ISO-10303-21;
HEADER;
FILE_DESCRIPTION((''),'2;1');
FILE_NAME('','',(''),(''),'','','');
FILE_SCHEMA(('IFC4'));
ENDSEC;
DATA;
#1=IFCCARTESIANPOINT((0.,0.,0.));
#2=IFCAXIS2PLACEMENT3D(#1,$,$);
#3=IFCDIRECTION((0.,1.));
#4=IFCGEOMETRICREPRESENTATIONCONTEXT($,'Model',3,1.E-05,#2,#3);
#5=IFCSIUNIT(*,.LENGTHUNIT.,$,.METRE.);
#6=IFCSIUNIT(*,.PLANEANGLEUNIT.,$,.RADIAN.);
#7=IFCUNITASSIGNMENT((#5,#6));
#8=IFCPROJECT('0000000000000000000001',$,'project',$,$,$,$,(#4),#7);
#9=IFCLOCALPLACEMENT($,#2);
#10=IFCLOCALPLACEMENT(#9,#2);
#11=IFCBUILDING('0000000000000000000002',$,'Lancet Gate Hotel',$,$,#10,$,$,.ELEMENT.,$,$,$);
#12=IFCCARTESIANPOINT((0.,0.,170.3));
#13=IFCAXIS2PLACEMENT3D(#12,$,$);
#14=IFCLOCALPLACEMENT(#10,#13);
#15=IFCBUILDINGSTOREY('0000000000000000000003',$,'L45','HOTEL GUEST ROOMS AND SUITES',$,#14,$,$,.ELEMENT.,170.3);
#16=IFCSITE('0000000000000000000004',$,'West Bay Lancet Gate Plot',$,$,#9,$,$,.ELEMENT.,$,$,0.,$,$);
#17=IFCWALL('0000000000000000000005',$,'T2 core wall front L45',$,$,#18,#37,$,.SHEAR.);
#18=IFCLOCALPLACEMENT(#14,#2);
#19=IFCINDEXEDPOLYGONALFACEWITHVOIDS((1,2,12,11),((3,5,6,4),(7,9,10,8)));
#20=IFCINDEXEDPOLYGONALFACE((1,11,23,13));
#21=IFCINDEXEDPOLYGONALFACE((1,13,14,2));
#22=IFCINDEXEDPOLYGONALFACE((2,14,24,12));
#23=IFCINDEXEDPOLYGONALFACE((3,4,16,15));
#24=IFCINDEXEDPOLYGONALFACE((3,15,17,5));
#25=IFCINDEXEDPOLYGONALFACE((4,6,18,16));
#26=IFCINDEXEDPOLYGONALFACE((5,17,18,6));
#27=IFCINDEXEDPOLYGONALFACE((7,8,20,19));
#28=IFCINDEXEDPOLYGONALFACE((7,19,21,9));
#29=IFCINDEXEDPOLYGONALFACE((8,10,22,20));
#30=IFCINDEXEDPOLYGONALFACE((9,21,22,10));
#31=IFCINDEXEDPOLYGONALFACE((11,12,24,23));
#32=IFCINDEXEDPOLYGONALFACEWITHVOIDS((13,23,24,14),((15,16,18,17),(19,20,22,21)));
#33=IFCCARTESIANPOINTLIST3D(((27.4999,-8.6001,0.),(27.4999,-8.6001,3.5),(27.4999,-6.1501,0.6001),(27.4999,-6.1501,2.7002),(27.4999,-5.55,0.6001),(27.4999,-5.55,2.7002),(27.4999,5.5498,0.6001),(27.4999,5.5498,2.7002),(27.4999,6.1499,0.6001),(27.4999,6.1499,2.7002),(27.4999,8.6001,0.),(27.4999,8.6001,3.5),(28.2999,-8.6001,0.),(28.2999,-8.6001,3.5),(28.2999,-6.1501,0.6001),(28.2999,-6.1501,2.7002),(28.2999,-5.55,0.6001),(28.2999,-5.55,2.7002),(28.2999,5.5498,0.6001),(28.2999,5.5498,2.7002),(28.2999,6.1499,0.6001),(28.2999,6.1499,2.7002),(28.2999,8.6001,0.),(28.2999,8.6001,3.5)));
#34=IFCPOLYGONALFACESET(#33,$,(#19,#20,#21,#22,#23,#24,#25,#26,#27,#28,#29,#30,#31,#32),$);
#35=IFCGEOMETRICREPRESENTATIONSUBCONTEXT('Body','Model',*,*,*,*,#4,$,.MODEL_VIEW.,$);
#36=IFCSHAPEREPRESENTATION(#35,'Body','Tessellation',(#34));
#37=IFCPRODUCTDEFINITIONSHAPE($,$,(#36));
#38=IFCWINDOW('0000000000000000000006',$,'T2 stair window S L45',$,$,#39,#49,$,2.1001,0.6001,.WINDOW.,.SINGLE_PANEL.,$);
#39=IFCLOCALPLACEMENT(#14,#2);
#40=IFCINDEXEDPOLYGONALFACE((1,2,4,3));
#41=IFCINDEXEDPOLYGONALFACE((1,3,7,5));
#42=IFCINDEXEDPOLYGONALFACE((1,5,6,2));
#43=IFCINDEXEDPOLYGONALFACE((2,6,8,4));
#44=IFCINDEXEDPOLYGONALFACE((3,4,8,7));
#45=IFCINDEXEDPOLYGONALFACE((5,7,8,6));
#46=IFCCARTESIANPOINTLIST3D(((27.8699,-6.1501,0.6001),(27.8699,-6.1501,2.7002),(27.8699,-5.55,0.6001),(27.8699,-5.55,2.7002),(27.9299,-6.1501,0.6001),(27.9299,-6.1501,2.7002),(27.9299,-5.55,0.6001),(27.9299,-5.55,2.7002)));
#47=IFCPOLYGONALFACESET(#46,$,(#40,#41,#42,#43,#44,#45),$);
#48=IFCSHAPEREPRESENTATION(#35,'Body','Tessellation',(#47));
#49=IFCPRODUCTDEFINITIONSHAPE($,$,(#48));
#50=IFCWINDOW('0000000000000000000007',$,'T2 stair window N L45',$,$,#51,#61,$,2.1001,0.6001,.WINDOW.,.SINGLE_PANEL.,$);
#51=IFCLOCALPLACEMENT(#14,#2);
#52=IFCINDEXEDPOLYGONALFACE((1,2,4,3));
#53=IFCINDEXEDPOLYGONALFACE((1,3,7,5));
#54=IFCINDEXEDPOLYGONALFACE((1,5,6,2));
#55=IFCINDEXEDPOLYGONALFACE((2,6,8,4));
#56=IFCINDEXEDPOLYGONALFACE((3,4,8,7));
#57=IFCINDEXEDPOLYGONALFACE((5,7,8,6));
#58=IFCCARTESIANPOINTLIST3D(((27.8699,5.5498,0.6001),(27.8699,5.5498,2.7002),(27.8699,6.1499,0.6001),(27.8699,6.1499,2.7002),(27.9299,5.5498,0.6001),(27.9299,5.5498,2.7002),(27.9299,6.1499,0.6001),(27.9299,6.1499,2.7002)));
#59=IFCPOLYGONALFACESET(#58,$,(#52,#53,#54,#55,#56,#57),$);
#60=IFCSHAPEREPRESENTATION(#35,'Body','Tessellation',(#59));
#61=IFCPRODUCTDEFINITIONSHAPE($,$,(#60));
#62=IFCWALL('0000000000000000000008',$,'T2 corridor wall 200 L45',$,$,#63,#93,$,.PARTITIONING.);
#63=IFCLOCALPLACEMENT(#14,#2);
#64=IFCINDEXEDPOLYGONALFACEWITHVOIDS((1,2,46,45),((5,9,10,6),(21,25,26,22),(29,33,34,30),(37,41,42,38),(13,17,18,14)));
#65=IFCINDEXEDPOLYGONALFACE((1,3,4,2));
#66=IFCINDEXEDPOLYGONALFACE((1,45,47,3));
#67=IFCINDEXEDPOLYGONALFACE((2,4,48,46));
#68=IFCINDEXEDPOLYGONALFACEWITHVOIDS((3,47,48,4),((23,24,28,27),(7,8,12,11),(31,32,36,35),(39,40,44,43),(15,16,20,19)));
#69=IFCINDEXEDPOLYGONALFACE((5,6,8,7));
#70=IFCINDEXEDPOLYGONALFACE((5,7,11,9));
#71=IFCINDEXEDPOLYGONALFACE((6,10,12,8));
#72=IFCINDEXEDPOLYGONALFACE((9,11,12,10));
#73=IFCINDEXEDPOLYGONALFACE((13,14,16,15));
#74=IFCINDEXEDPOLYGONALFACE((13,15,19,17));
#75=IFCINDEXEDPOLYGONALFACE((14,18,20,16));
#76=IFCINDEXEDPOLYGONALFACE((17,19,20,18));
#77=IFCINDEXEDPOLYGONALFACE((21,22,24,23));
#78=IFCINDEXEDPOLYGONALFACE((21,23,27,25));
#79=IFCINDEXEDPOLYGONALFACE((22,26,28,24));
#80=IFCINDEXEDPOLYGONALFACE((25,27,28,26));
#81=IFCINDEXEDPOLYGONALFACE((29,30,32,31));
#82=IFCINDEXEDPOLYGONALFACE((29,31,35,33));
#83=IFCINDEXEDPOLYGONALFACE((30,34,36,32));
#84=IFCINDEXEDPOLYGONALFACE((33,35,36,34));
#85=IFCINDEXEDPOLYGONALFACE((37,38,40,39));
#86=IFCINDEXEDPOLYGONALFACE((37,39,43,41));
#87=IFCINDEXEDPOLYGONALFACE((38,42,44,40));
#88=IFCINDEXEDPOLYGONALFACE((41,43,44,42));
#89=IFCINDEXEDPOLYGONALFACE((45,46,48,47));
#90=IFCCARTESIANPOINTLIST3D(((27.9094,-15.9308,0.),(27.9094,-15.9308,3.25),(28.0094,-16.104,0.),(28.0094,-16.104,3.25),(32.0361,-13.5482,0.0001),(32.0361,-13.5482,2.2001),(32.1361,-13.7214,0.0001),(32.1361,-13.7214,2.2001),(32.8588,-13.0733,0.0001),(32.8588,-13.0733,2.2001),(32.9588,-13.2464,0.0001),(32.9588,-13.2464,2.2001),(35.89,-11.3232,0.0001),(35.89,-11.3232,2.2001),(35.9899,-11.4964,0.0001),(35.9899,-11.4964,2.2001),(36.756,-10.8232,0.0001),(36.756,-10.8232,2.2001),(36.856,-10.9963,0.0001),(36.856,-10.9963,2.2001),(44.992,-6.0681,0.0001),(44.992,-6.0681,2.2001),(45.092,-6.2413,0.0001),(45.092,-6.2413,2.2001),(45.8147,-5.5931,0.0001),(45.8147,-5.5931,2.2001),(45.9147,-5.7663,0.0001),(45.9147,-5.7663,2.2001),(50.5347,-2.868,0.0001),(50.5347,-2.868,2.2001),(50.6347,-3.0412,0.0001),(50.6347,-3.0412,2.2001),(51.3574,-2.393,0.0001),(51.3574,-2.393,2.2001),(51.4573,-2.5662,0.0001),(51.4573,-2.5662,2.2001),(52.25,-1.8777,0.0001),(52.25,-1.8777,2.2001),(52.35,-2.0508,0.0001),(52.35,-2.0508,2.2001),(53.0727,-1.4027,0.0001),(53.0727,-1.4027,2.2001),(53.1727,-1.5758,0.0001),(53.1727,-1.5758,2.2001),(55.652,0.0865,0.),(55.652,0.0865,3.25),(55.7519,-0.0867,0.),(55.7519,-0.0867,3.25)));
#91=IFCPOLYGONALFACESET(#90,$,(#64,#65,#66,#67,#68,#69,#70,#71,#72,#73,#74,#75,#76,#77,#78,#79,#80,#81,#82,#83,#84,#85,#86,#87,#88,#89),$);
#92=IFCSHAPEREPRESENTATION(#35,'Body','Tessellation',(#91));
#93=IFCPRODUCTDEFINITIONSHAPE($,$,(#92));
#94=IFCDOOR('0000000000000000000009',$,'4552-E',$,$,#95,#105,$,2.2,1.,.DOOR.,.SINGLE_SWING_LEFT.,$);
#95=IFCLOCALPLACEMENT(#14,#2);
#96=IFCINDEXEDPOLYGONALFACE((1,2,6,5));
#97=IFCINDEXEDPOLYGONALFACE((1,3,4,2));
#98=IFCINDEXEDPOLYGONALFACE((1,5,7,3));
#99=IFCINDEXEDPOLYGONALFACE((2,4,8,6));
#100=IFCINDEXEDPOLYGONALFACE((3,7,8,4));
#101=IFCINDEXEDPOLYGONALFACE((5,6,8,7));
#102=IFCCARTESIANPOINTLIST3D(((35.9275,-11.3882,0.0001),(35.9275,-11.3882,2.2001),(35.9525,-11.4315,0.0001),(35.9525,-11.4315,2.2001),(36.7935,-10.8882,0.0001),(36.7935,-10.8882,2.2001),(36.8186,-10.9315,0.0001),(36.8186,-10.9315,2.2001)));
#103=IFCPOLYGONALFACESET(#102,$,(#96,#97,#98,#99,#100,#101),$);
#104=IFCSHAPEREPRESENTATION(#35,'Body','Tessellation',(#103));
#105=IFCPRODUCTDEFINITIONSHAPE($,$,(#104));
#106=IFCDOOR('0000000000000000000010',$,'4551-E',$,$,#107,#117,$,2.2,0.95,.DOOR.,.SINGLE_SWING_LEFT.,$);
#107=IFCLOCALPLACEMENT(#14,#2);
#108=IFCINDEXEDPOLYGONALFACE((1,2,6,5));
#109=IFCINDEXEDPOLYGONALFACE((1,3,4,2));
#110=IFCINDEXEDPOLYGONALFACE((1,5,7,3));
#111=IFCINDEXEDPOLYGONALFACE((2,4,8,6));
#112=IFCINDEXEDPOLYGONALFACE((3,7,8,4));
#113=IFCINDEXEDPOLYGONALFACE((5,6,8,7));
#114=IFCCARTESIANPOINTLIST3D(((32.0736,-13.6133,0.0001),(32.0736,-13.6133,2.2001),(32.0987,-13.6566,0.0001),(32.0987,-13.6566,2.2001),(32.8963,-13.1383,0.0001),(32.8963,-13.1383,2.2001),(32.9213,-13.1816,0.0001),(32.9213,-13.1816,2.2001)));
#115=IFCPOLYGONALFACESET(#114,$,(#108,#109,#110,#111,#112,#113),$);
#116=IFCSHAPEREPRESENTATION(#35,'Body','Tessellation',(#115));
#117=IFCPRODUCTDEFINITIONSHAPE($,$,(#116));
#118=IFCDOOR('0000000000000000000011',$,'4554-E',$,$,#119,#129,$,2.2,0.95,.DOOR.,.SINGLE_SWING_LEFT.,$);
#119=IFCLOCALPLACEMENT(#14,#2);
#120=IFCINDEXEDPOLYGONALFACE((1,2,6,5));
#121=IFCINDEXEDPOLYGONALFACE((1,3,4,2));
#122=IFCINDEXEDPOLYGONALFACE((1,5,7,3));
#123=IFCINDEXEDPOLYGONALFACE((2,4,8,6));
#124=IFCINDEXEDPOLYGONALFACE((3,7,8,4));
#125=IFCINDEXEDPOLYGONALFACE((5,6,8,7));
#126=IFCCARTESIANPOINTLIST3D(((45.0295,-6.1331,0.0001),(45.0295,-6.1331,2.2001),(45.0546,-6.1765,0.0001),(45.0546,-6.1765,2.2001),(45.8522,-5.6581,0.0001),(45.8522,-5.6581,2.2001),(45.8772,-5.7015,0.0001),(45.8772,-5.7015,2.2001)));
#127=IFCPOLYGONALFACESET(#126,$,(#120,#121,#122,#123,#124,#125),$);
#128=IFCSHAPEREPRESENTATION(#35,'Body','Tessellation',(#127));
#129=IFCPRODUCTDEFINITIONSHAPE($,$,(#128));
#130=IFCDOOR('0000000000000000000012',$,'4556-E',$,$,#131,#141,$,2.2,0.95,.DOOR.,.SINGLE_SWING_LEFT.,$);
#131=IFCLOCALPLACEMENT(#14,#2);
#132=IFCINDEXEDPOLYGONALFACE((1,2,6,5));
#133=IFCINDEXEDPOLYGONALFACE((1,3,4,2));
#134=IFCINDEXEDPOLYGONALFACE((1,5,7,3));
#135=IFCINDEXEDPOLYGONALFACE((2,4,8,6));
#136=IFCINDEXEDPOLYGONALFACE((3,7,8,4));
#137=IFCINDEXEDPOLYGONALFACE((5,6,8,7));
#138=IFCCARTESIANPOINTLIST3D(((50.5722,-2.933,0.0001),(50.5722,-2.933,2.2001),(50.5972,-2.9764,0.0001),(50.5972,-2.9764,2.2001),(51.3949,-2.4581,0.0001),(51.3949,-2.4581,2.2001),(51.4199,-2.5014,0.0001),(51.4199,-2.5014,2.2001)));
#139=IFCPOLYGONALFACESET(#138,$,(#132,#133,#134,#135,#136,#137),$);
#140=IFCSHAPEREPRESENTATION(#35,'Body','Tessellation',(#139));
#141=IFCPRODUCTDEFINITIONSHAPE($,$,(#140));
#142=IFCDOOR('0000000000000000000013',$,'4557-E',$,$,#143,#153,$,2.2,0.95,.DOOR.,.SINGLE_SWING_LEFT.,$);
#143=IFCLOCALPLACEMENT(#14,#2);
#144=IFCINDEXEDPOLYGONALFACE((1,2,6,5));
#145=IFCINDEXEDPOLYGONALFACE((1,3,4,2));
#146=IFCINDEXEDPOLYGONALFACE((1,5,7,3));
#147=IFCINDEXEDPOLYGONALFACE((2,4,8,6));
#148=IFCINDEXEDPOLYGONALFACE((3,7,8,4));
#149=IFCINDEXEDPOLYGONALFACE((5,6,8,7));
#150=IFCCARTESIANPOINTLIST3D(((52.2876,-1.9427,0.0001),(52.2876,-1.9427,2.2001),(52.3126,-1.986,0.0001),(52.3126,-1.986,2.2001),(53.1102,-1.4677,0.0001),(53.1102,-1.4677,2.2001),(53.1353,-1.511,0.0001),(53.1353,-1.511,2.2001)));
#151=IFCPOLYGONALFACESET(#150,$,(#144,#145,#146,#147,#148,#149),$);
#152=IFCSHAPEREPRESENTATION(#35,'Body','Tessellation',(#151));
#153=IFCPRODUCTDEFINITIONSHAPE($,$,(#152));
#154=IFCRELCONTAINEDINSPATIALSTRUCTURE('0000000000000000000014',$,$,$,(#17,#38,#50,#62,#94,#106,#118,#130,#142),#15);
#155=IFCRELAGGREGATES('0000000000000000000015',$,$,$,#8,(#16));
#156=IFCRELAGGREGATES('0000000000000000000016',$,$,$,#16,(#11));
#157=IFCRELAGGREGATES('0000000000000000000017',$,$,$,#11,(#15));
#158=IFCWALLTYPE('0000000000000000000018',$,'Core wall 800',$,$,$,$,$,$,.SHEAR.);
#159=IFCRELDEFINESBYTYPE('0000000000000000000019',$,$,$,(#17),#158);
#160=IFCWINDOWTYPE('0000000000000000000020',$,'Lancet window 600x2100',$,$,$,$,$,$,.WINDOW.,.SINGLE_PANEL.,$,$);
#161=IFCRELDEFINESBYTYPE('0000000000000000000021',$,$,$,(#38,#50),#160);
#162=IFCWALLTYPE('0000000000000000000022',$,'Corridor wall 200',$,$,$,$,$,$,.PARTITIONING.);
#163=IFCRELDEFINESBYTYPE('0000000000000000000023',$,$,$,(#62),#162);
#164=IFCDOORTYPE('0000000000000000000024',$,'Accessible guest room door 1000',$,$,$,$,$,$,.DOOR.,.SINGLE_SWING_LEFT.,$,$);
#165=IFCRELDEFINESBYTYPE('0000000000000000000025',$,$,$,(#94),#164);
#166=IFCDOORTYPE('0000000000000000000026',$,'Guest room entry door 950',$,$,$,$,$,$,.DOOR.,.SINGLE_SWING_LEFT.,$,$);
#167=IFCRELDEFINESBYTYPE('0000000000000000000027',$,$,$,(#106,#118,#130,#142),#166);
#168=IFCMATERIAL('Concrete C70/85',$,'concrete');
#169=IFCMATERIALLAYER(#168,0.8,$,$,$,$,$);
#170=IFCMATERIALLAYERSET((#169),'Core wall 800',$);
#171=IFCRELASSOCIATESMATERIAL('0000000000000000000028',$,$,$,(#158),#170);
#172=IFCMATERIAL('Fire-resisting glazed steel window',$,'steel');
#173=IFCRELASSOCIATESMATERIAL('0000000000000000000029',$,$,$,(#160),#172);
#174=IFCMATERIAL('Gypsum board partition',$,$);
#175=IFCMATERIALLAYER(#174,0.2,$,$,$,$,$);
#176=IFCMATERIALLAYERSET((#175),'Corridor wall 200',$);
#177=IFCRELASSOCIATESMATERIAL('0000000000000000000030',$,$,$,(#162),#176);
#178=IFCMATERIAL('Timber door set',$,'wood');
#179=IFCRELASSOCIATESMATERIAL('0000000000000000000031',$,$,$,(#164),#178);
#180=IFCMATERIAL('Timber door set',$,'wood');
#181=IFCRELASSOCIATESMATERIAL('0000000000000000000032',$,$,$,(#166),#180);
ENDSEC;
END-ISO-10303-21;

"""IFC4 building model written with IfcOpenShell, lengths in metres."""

from ifc_helpers import new_model, si_unit, direction, frame, frame_2d, origin, place, context, subcontext, project, spatial, rectangle, extrude, material, layer, layer_set, type_object, element, fill, save


model = new_model("IFC4")

# Units and contexts
model_context = context("Model", 3, precision=1e-05, world=origin(), true_north=direction((0.0, 1.0)))
body_context = subcontext(model_context, "Body", "Model", "MODEL_VIEW")
ifc_project = project(units=[si_unit("LENGTHUNIT", "METRE"), si_unit("PLANEANGLEUNIT", "RADIAN")], contexts=[model_context])

# Site, building, storey
site_placement = place(None, origin())
site = spatial("IfcSite", under=ifc_project, at=site_placement, Name="West Bay Lancet Gate Plot", CompositionType="ELEMENT", RefElevation=0.0)
building_placement = place(site_placement, origin())
building = spatial("IfcBuilding", under=site, at=building_placement, Name="Lancet Gate Hotel", CompositionType="ELEMENT")
storey_placement = place(building_placement, frame((0.0, 0.0, 170.3)))
storey = spatial("IfcBuildingStorey", under=building, at=storey_placement, Name="L45", Description="HOTEL GUEST ROOMS AND SUITES", CompositionType="ELEMENT", Elevation=170.3)

# Wall, openings, windows
ifc_material_1 = material(Name="Concrete C70/85", Category="concrete")
ifc_layer_1 = layer(ifc_material_1, 0.8)
ifc_layer_set_1 = layer_set([ifc_layer_1], Name="Core wall 800")
wall_type_1 = type_object("IfcWallType", Name="Core wall 800", PredefinedType="SHEAR", material=ifc_layer_set_1)
wall_1_placement = place(storey_placement, frame((27.8999, -8.6001, 0.0), z_axis=(0.0, 0.0, 1.0), x_axis=(0.0, 1.0, 0.0)))
wall_1 = element("IfcWall", 1, at=wall_1_placement, inside=storey, type_object=wall_type_1, Name="T2 core wall front L45", PredefinedType="SHEAR", context=body_context, shape_type="SweptSolid", body=[
    extrude(rectangle(XDim=17.2002, YDim=0.8, at=frame_2d((8.6001, 0.0))), origin(), (0.0, 0.0, 1.0), 3.5),
])
opening_1_placement = place(wall_1_placement, frame((2.45, 0.0, 0.6001)))
opening_1 = element("IfcOpeningElement", 2, at=opening_1_placement, cuts=wall_1, PredefinedType="OPENING", context=body_context, shape_type="SweptSolid", body=[
    extrude(rectangle(XDim=0.6001, YDim=2.1001, at=frame_2d((0.3, 1.05))), frame((0.0, 0.4099, 0.0), z_axis=(0.0, -1.0, 0.0), x_axis=(1.0, 0.0, 0.0)), (0.0, 0.0, 1.0), 0.8201),
])
opening_2_placement = place(wall_1_placement, frame((14.1499, 0.0, 0.6001)))
opening_2 = element("IfcOpeningElement", 3, at=opening_2_placement, cuts=wall_1, PredefinedType="OPENING", context=body_context, shape_type="SweptSolid", body=[
    extrude(rectangle(XDim=0.6001, YDim=2.1001, at=frame_2d((0.3, 1.05))), frame((0.0, 0.4099, 0.0), z_axis=(0.0, -1.0, 0.0), x_axis=(1.0, 0.0, 0.0)), (0.0, 0.0, 1.0), 0.8201),
])
ifc_material_2 = material(Name="Fire-resisting glazed steel window", Category="steel")
window_type = type_object("IfcWindowType", Name="Lancet window 600x2100", PartitioningType="SINGLE_PANEL", PredefinedType="WINDOW", material=ifc_material_2)
window_1_placement = place(opening_1_placement, origin())
window_1 = element("IfcWindow", 4, at=window_1_placement, inside=storey, type_object=window_type, Name="T2 stair window S L45", OverallHeight=2.1001, OverallWidth=0.6001, PartitioningType="SINGLE_PANEL", PredefinedType="WINDOW", context=body_context, shape_type="SweptSolid", body=[
    extrude(rectangle(XDim=0.6001, YDim=2.1001, at=frame_2d((0.3, 1.05))), frame((0.0, 0.03, 0.0), z_axis=(0.0, -1.0, 0.0), x_axis=(1.0, 0.0, 0.0)), (0.0, 0.0, 1.0), 0.0601),
])
fill(opening_1, window_1)
window_2_placement = place(opening_2_placement, origin())
window_2 = element("IfcWindow", 5, at=window_2_placement, inside=storey, type_object=window_type, Name="T2 stair window N L45", OverallHeight=2.1001, OverallWidth=0.6001, PartitioningType="SINGLE_PANEL", PredefinedType="WINDOW", context=body_context, shape_type="SweptSolid", body=[
    extrude(rectangle(XDim=0.6001, YDim=2.1001, at=frame_2d((0.3, 1.05))), frame((0.0, 0.03, 0.0), z_axis=(0.0, -1.0, 0.0), x_axis=(1.0, 0.0, 0.0)), (0.0, 0.0, 1.0), 0.0601),
])
fill(opening_2, window_2)

# Wall, openings, doors
ifc_material_3 = material(Name="Gypsum board partition")
ifc_layer_2 = layer(ifc_material_3, 0.2)
ifc_layer_set_2 = layer_set([ifc_layer_2], Name="Corridor wall 200")
wall_type_2 = type_object("IfcWallType", Name="Corridor wall 200", PredefinedType="PARTITIONING", material=ifc_layer_set_2)
wall_2_placement = place(storey_placement, frame((27.9595, -16.0173, 0.0), z_axis=(0.0, 0.0, 1.0), x_axis=(0.866024, 0.500002, 0.0)))
wall_2 = element("IfcWall", 6, at=wall_2_placement, inside=storey, type_object=wall_type_2, Name="T2 corridor wall 200 L45", PredefinedType="PARTITIONING", context=body_context, shape_type="SweptSolid", body=[
    extrude(rectangle(XDim=32.0344, YDim=0.2, at=frame_2d((16.0171, 0.0))), origin(), (0.0, 0.0, 1.0), 3.25),
])
opening_3_placement = place(wall_2_placement, frame((4.7649, 0.0, 0.0)))
opening_3 = element("IfcOpeningElement", 7, at=opening_3_placement, cuts=wall_2, PredefinedType="OPENING", context=body_context, shape_type="SweptSolid", body=[
    extrude(rectangle(XDim=0.95, YDim=2.2, at=frame_2d((0.4751, 1.1001))), frame((0.0, 0.1099, 0.0), z_axis=(0.0, -1.0, 0.0), x_axis=(1.0, 0.0, 0.0)), (0.0, 0.0, 1.0), 0.22),
])
opening_4_placement = place(wall_2_placement, frame((9.2151, 0.0, 0.0)))
opening_4 = element("IfcOpeningElement", 8, at=opening_4_placement, cuts=wall_2, PredefinedType="OPENING", context=body_context, shape_type="SweptSolid", body=[
    extrude(rectangle(XDim=1.0, YDim=2.2, at=frame_2d((0.5, 1.1001))), frame((0.0, 0.1099, 0.0), z_axis=(0.0, -1.0, 0.0), x_axis=(1.0, 0.0, 0.0)), (0.0, 0.0, 1.0), 0.22),
])
opening_5_placement = place(wall_2_placement, frame((19.7251, 0.0, 0.0)))
opening_5 = element("IfcOpeningElement", 9, at=opening_5_placement, cuts=wall_2, PredefinedType="OPENING", context=body_context, shape_type="SweptSolid", body=[
    extrude(rectangle(XDim=0.95, YDim=2.2, at=frame_2d((0.4751, 1.1001))), frame((0.0, 0.1099, 0.0), z_axis=(0.0, -1.0, 0.0), x_axis=(1.0, 0.0, 0.0)), (0.0, 0.0, 1.0), 0.22),
])
opening_6_placement = place(wall_2_placement, frame((26.1252, 0.0, 0.0)))
opening_6 = element("IfcOpeningElement", 10, at=opening_6_placement, cuts=wall_2, PredefinedType="OPENING", context=body_context, shape_type="SweptSolid", body=[
    extrude(rectangle(XDim=0.95, YDim=2.2, at=frame_2d((0.4751, 1.1001))), frame((0.0, 0.1099, 0.0), z_axis=(0.0, -1.0, 0.0), x_axis=(1.0, 0.0, 0.0)), (0.0, 0.0, 1.0), 0.22),
])
opening_7_placement = place(wall_2_placement, frame((28.106, 0.0, 0.0)))
opening_7 = element("IfcOpeningElement", 11, at=opening_7_placement, cuts=wall_2, PredefinedType="OPENING", context=body_context, shape_type="SweptSolid", body=[
    extrude(rectangle(XDim=0.95, YDim=2.2, at=frame_2d((0.4751, 1.1001))), frame((0.0, 0.1099, 0.0), z_axis=(0.0, -1.0, 0.0), x_axis=(1.0, 0.0, 0.0)), (0.0, 0.0, 1.0), 0.22),
])
ifc_material_4 = material(Name="Timber door set", Category="wood")
door_type_1 = type_object("IfcDoorType", Name="Accessible guest room door 1000", OperationType="SINGLE_SWING_LEFT", PredefinedType="DOOR", material=ifc_material_4)
door_1_placement = place(opening_4_placement, origin())
door_1 = element("IfcDoor", 12, at=door_1_placement, inside=storey, type_object=door_type_1, Name="4552-E", OperationType="SINGLE_SWING_LEFT", OverallHeight=2.2, OverallWidth=1.0, PredefinedType="DOOR", context=body_context, shape_type="SweptSolid", body=[
    extrude(rectangle(XDim=1.0, YDim=2.2, at=frame_2d((0.5, 1.1001))), frame((0.0, 0.0249, 0.0), z_axis=(0.0, -1.0, 0.0), x_axis=(1.0, 0.0, 0.0)), (0.0, 0.0, 1.0), 0.05),
])
fill(opening_4, door_1)
ifc_material_5 = material(Name="Timber door set", Category="wood")
door_type_2 = type_object("IfcDoorType", Name="Guest room entry door 950", OperationType="SINGLE_SWING_LEFT", PredefinedType="DOOR", material=ifc_material_5)
door_2_placement = place(opening_3_placement, origin())
door_2 = element("IfcDoor", 13, at=door_2_placement, inside=storey, type_object=door_type_2, Name="4551-E", OperationType="SINGLE_SWING_LEFT", OverallHeight=2.2, OverallWidth=0.95, PredefinedType="DOOR", context=body_context, shape_type="SweptSolid", body=[
    extrude(rectangle(XDim=0.95, YDim=2.2, at=frame_2d((0.4751, 1.1001))), frame((0.0, 0.0249, 0.0), z_axis=(0.0, -1.0, 0.0), x_axis=(1.0, 0.0, 0.0)), (0.0, 0.0, 1.0), 0.05),
])
fill(opening_3, door_2)
door_3_placement = place(opening_5_placement, origin())
door_3 = element("IfcDoor", 14, at=door_3_placement, inside=storey, type_object=door_type_2, Name="4554-E", OperationType="SINGLE_SWING_LEFT", OverallHeight=2.2, OverallWidth=0.95, PredefinedType="DOOR", context=body_context, shape_type="SweptSolid", body=[
    extrude(rectangle(XDim=0.95, YDim=2.2, at=frame_2d((0.4751, 1.1001))), frame((0.0, 0.0249, 0.0), z_axis=(0.0, -1.0, 0.0), x_axis=(1.0, 0.0, 0.0)), (0.0, 0.0, 1.0), 0.05),
])
fill(opening_5, door_3)
door_4_placement = place(opening_6_placement, origin())
door_4 = element("IfcDoor", 15, at=door_4_placement, inside=storey, type_object=door_type_2, Name="4556-E", OperationType="SINGLE_SWING_LEFT", OverallHeight=2.2, OverallWidth=0.95, PredefinedType="DOOR", context=body_context, shape_type="SweptSolid", body=[
    extrude(rectangle(XDim=0.95, YDim=2.2, at=frame_2d((0.4751, 1.1001))), frame((0.0, 0.0249, 0.0), z_axis=(0.0, -1.0, 0.0), x_axis=(1.0, 0.0, 0.0)), (0.0, 0.0, 1.0), 0.05),
])
fill(opening_6, door_4)
door_5_placement = place(opening_7_placement, origin())
door_5 = element("IfcDoor", 16, at=door_5_placement, inside=storey, type_object=door_type_2, Name="4557-E", OperationType="SINGLE_SWING_LEFT", OverallHeight=2.2, OverallWidth=0.95, PredefinedType="DOOR", context=body_context, shape_type="SweptSolid", body=[
    extrude(rectangle(XDim=0.95, YDim=2.2, at=frame_2d((0.4751, 1.1001))), frame((0.0, 0.0249, 0.0), z_axis=(0.0, -1.0, 0.0), x_axis=(1.0, 0.0, 0.0)), (0.0, 0.0, 1.0), 0.05),
])
fill(opening_7, door_5)

save(model, "model.ifc")
